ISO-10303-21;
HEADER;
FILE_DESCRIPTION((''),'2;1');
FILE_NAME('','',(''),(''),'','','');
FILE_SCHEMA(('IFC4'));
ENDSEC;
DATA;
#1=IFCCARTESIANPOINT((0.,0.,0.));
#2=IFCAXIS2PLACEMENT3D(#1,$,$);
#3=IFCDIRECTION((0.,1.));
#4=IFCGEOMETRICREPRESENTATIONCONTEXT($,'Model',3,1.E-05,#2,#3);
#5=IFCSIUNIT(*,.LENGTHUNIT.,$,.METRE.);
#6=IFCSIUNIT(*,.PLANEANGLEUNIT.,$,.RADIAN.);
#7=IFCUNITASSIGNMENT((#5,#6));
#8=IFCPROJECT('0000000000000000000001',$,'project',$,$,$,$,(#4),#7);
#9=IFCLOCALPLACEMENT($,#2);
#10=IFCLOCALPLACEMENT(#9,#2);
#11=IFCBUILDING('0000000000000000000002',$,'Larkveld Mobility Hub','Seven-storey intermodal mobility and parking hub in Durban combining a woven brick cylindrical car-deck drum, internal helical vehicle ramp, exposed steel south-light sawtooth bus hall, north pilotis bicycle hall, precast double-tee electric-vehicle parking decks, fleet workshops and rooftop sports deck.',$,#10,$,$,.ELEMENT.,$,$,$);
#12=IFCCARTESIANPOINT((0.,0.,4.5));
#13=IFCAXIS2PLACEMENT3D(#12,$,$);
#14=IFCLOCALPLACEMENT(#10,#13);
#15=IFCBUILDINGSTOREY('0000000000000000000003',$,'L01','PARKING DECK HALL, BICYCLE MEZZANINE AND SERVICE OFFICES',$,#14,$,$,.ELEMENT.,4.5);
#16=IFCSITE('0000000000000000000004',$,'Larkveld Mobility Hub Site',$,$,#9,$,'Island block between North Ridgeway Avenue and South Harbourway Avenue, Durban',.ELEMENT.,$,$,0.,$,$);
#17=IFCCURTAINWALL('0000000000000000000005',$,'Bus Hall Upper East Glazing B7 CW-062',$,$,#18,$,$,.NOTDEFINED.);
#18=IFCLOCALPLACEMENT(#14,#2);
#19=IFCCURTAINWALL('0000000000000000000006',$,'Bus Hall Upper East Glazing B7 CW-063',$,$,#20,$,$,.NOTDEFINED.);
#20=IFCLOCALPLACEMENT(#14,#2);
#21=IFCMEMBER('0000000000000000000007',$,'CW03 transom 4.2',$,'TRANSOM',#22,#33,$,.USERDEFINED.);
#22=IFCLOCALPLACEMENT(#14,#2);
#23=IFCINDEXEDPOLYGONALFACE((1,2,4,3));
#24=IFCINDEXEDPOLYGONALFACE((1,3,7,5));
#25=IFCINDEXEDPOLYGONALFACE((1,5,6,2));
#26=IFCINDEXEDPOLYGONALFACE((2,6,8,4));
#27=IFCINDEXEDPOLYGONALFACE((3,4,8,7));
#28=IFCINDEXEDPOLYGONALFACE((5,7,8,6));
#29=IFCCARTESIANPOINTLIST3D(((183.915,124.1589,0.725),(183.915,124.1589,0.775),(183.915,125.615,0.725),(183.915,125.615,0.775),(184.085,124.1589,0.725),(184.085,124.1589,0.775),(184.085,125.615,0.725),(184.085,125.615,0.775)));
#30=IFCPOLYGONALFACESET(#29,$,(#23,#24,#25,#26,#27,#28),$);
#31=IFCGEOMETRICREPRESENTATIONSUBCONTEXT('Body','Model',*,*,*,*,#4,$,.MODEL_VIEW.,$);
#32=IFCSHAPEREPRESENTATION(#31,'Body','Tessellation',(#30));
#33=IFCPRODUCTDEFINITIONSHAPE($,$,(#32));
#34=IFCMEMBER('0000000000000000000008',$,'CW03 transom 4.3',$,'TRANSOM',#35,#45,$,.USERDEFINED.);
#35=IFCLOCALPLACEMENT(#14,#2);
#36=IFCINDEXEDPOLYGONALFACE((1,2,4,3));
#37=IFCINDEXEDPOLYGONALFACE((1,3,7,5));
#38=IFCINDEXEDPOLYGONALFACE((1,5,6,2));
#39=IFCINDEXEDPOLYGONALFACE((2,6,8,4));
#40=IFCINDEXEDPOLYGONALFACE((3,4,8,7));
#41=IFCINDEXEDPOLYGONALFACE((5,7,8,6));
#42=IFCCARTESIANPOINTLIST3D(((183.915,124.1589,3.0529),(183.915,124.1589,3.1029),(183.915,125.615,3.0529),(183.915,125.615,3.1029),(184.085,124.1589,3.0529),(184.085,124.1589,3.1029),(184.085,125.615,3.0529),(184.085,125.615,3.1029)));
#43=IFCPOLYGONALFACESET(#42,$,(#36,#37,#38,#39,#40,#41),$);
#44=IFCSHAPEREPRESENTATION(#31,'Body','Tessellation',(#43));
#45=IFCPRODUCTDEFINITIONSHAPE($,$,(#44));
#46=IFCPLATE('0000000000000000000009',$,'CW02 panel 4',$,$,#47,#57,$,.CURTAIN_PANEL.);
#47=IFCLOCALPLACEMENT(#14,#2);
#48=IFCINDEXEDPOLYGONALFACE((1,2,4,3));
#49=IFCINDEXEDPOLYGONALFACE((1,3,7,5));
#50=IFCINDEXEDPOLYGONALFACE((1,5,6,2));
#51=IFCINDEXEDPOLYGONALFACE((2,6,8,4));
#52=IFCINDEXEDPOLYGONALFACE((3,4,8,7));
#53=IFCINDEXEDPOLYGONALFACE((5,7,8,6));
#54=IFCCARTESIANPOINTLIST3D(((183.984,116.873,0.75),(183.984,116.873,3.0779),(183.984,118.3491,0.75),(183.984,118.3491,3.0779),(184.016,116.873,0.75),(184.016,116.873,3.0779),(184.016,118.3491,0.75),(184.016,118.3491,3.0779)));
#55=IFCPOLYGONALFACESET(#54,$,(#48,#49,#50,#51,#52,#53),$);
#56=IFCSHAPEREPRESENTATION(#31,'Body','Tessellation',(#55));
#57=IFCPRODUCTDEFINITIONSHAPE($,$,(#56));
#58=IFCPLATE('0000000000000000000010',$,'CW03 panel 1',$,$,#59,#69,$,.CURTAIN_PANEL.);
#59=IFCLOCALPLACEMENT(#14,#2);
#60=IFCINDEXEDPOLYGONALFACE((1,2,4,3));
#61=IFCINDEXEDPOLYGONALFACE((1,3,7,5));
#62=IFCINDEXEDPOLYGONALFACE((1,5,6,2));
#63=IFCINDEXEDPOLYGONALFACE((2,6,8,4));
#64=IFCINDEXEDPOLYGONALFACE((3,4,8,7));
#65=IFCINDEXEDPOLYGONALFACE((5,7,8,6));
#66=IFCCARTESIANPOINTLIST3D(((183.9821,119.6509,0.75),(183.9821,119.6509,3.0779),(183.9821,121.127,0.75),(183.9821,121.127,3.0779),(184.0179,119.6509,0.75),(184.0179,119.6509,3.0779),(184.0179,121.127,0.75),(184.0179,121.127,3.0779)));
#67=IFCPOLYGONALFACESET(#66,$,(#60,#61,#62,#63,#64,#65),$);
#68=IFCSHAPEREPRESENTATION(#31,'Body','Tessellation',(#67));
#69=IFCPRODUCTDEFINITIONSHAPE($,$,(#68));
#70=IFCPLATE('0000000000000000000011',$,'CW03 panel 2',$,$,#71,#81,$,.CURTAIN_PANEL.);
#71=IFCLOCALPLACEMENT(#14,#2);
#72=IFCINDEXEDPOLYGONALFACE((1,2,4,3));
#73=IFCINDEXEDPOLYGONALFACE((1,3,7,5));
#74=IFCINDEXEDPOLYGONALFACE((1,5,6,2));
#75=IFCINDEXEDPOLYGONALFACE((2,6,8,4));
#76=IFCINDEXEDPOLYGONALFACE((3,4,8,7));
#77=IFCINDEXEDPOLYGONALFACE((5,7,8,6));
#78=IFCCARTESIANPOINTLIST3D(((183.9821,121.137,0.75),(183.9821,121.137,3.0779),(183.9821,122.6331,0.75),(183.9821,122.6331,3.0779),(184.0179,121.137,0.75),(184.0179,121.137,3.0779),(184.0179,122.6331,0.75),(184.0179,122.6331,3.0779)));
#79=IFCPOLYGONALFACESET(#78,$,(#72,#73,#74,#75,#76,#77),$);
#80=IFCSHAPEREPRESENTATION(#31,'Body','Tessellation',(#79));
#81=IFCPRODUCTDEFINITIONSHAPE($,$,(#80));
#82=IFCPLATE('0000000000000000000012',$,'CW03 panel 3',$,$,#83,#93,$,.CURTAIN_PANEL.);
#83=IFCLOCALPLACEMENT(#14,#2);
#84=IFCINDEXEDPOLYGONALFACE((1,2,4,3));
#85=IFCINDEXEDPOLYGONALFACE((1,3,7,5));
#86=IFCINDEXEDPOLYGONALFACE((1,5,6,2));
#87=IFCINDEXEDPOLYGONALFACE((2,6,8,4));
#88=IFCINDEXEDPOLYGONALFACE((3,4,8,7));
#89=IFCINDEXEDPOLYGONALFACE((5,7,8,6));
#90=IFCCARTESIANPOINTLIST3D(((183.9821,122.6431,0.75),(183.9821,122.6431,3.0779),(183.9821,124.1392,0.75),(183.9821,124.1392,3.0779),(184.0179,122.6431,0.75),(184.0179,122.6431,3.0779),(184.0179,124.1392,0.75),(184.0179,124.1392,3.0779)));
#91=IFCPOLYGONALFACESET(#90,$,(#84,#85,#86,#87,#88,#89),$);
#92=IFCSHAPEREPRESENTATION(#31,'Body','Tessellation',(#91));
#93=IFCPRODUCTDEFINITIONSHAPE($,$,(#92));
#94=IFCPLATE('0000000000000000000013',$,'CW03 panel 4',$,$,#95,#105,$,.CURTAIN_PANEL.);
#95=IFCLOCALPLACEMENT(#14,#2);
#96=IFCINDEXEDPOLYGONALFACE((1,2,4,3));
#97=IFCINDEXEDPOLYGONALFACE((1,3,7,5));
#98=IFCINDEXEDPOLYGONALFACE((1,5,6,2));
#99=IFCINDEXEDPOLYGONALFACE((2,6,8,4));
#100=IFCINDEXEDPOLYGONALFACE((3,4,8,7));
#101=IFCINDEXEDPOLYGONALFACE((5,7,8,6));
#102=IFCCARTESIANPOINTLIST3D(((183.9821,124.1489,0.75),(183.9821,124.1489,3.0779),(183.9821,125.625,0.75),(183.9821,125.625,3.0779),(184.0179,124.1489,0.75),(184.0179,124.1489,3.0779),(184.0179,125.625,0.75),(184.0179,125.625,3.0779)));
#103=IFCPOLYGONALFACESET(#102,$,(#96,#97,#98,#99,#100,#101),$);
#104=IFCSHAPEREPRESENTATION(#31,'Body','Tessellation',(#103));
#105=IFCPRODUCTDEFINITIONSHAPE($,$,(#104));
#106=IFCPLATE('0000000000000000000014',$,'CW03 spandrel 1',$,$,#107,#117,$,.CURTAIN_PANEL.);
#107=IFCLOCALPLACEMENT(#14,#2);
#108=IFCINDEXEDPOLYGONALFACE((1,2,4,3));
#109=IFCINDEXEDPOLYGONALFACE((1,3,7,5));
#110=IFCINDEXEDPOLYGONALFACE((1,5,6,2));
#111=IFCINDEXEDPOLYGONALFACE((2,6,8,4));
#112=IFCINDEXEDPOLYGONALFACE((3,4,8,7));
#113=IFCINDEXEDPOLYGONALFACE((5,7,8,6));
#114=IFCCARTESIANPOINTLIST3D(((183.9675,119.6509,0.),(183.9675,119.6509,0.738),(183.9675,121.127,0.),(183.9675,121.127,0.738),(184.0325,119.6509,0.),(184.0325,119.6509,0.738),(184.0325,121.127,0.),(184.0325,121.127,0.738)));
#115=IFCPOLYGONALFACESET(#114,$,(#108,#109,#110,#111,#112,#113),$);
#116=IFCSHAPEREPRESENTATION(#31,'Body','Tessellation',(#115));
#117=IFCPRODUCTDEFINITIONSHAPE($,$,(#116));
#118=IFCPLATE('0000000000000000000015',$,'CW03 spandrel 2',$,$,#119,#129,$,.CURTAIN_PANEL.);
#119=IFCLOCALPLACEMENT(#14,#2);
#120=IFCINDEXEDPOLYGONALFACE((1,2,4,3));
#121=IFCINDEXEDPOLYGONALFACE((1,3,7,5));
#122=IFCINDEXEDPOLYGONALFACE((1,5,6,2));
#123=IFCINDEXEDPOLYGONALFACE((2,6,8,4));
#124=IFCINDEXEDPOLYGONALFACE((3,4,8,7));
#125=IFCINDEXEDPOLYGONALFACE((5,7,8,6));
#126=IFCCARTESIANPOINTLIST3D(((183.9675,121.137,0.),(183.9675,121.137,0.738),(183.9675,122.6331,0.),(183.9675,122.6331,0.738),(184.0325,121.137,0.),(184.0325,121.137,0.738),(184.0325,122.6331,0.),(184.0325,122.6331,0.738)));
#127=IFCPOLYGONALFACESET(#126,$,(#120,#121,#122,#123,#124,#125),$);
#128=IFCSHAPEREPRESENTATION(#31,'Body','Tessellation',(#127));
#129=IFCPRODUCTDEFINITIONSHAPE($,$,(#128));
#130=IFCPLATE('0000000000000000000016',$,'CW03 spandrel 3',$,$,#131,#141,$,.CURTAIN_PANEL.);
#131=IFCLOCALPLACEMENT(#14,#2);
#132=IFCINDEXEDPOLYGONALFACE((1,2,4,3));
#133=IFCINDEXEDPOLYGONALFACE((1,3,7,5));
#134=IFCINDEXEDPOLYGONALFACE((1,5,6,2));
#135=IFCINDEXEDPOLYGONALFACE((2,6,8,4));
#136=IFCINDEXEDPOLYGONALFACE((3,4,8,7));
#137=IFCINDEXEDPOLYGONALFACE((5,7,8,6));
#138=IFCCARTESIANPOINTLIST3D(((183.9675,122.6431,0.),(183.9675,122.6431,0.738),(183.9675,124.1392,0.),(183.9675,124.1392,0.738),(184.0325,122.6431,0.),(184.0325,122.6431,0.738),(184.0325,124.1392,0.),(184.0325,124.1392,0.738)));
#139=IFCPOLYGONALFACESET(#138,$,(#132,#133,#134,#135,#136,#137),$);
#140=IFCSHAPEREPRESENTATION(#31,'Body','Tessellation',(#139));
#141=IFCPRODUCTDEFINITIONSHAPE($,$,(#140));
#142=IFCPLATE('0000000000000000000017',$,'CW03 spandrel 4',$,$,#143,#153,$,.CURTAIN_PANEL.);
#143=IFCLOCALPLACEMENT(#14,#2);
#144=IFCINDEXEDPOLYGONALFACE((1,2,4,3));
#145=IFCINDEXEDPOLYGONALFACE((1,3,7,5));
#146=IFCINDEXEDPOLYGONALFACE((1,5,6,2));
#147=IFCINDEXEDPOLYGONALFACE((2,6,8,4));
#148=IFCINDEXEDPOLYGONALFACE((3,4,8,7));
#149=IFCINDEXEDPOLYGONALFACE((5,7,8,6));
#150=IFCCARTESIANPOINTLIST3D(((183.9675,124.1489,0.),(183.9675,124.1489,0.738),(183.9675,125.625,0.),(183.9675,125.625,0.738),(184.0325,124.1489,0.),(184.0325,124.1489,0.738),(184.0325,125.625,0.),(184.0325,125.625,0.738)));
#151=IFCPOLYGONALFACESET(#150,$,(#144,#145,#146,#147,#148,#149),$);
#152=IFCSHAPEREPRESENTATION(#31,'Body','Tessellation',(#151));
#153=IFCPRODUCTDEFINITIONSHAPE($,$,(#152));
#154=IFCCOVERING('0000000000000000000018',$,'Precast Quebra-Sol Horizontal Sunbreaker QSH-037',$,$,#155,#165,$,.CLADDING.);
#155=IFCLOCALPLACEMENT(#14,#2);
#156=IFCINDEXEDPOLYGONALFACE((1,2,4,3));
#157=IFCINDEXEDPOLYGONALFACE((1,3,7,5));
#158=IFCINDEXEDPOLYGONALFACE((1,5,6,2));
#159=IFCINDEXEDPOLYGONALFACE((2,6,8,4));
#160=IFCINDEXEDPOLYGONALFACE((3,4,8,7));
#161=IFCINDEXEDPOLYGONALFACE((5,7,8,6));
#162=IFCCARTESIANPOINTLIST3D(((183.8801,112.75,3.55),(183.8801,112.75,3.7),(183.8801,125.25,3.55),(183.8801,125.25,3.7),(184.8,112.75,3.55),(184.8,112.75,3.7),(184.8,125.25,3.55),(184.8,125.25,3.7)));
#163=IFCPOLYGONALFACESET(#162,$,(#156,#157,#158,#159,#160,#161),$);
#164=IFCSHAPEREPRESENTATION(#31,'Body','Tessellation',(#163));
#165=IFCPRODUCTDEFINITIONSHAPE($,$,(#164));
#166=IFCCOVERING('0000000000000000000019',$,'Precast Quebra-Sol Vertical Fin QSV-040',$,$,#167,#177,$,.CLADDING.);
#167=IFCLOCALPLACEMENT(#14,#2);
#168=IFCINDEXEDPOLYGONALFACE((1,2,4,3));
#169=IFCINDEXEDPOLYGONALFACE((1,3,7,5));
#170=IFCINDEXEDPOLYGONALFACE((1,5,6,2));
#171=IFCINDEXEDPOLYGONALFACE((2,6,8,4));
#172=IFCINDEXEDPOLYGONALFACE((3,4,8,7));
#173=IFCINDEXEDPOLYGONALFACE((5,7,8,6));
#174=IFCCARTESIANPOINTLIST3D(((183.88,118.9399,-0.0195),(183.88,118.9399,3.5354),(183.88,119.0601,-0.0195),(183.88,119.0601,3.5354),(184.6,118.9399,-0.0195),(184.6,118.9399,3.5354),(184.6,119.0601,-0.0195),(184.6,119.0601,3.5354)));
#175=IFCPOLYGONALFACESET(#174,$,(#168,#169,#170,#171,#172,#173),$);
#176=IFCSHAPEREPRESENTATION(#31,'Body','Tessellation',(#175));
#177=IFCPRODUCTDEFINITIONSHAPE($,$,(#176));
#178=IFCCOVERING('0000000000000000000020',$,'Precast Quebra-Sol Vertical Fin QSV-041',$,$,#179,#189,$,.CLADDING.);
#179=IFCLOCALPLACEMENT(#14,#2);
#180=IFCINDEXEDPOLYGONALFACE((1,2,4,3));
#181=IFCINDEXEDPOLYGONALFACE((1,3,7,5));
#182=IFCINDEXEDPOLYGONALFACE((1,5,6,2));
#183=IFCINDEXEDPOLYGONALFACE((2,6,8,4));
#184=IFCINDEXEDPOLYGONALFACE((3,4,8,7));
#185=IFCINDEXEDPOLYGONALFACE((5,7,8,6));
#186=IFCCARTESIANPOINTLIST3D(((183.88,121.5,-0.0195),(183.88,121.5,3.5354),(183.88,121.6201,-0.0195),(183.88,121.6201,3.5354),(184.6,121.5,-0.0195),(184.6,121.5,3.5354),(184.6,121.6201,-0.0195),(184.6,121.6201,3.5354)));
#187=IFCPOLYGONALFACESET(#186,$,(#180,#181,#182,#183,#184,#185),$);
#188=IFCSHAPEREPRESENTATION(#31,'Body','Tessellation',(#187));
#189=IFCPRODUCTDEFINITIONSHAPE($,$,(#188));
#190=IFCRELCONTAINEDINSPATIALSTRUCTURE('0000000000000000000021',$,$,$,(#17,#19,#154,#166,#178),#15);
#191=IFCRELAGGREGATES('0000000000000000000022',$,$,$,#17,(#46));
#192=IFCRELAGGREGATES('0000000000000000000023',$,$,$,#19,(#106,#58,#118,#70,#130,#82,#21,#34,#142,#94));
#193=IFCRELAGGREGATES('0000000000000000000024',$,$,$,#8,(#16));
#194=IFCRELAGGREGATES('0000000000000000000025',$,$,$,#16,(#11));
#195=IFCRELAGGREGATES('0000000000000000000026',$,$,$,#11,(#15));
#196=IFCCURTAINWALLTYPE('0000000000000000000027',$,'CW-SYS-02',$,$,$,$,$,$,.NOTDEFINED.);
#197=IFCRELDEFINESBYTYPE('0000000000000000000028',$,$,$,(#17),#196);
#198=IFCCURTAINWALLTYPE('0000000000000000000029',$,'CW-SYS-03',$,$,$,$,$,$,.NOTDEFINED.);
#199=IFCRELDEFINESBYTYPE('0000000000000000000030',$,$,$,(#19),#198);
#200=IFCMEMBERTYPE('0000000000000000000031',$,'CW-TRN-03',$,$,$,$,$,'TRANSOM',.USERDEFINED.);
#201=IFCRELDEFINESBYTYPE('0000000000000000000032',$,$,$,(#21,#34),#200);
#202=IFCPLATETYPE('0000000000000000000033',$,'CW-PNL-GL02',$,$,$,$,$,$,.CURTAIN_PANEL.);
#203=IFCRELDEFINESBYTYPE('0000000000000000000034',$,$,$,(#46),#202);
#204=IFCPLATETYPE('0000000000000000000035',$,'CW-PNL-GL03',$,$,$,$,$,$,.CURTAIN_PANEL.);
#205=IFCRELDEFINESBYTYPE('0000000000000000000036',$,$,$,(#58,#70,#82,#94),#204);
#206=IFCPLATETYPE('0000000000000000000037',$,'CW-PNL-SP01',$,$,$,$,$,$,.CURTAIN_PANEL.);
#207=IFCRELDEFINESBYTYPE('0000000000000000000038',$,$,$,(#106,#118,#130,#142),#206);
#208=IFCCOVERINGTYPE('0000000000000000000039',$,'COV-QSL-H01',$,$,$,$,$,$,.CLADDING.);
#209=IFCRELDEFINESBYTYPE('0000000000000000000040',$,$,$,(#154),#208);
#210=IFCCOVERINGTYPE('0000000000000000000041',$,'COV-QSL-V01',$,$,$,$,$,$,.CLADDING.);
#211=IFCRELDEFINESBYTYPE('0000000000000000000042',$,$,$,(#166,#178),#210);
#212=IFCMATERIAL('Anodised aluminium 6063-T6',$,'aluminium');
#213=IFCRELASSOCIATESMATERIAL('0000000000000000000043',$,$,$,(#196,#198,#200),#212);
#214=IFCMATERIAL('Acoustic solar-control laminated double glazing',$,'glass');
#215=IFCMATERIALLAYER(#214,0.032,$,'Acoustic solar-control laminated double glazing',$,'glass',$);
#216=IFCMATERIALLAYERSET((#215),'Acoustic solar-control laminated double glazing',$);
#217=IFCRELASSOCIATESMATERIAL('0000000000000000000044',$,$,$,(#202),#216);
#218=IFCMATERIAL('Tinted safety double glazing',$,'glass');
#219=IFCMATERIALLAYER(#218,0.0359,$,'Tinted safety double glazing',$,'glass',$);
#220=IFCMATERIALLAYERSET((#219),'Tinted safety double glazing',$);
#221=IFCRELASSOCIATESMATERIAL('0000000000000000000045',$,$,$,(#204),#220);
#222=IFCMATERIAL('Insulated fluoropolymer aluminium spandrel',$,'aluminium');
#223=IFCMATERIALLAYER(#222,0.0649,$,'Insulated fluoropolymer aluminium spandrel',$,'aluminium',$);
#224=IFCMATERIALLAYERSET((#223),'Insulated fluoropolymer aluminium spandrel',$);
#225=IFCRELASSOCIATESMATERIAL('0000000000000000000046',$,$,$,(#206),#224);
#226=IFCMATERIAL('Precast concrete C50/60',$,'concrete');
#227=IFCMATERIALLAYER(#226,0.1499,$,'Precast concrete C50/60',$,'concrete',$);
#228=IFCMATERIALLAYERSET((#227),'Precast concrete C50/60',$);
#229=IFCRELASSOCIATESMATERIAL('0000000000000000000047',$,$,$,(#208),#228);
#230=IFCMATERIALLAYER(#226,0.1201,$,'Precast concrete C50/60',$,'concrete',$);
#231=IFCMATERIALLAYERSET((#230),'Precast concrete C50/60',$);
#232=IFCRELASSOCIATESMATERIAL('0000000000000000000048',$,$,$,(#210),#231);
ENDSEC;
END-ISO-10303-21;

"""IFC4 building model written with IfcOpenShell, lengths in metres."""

from ifc_helpers import new_model, si_unit, direction, frame, origin, origin_2d, place, context, subcontext, project, spatial, rectangle, extrude, material, layer, layer_set, material_profile, profile_set, type_object, element, aggregate, save


model = new_model("IFC4")

# Units and contexts
model_context = context("Model", 3, precision=1e-05, world=origin(), true_north=direction((0.0, 1.0)))
body_context = subcontext(model_context, "Body", "Model", "MODEL_VIEW")
ifc_project = project(units=[si_unit("LENGTHUNIT", "METRE"), si_unit("PLANEANGLEUNIT", "RADIAN")], contexts=[model_context])

# Site, building, storey
site_placement = place(None, origin())
site = spatial("IfcSite", under=ifc_project, at=site_placement, Name="Larkveld Mobility Hub Site", LongName="Island block between North Ridgeway Avenue and South Harbourway Avenue, Durban", CompositionType="ELEMENT", RefElevation=0.0)
building_placement = place(site_placement, origin())
building = spatial("IfcBuilding", under=site, at=building_placement, Name="Larkveld Mobility Hub", Description="Seven-storey intermodal mobility and parking hub in Durban combining a woven brick cylindrical car-deck drum, internal helical vehicle ramp, exposed steel south-light sawtooth bus hall, north pilotis bicycle hall, precast double-tee electric-vehicle parking decks, fleet workshops and rooftop sports deck.", CompositionType="ELEMENT")
storey_placement = place(building_placement, frame((0.0, 0.0, 4.5)))
storey = spatial("IfcBuildingStorey", under=building, at=storey_placement, Name="L01", Description="PARKING DECK HALL, BICYCLE MEZZANINE AND SERVICE OFFICES", CompositionType="ELEMENT", Elevation=4.5)

# Curtain wall
ifc_material_1 = material(Name="Anodised aluminium 6063-T6", Category="aluminium")
curtain_wall_type_1 = type_object("IfcCurtainWallType", Name="CW-SYS-02", PredefinedType="NOTDEFINED", material=ifc_material_1)
curtain_wall_1_placement = place(storey_placement, origin())
curtain_wall_1 = element("IfcCurtainWall", 1, at=curtain_wall_1_placement, inside=storey, type_object=curtain_wall_type_1, Name="Bus Hall Upper East Glazing B7 CW-062", PredefinedType="NOTDEFINED")

# Curtain wall
curtain_wall_type_2 = type_object("IfcCurtainWallType", Name="CW-SYS-03", PredefinedType="NOTDEFINED", material=ifc_material_1)
curtain_wall_2_placement = place(storey_placement, origin())
curtain_wall_2 = element("IfcCurtainWall", 2, at=curtain_wall_2_placement, inside=storey, type_object=curtain_wall_type_2, Name="Bus Hall Upper East Glazing B7 CW-063", PredefinedType="NOTDEFINED")

# Members
ifc_material_profile_1 = material_profile(ifc_material_1, rectangle(XDim=0.1699, YDim=0.05, at=origin_2d()), Name="ALU TRAN 50x170")
ifc_profile_set_1 = profile_set([ifc_material_profile_1], Name="Anodised aluminium 6063-T6")
member_type_1 = type_object("IfcMemberType", Name="CW-TRN-03", ElementType="TRANSOM", PredefinedType="USERDEFINED", material=ifc_profile_set_1)
member_1_placement = place(storey_placement, frame((184.0, 124.1589, 0.75), z_axis=(0.0, 1.0, 0.0), x_axis=(-1.0, 0.0, 0.0)))
member_1 = element("IfcMember", 3, at=member_1_placement, type_object=member_type_1, Name="CW03 transom 4.2", ObjectType="TRANSOM", PredefinedType="USERDEFINED", context=body_context, shape_type="SweptSolid", body=[
    extrude(rectangle(XDim=0.1699, YDim=0.05, at=origin_2d()), origin(), (0.0, 0.0, 1.0), 1.4561),
])
member_2_placement = place(storey_placement, frame((184.0, 124.1589, 3.0779), z_axis=(0.0, 1.0, 0.0), x_axis=(-1.0, 0.0, 0.0)))
member_2 = element("IfcMember", 4, at=member_2_placement, type_object=member_type_1, Name="CW03 transom 4.3", ObjectType="TRANSOM", PredefinedType="USERDEFINED", context=body_context, shape_type="SweptSolid", body=[
    extrude(rectangle(XDim=0.1699, YDim=0.05, at=origin_2d()), origin(), (0.0, 0.0, 1.0), 1.4561),
])

# Plates
ifc_material_2 = material(Name="Acoustic solar-control laminated double glazing", Category="glass")
ifc_layer_1 = layer(ifc_material_2, 0.032, Name="Acoustic solar-control laminated double glazing", Category="glass")
ifc_layer_set_1 = layer_set([ifc_layer_1], Name="Acoustic solar-control laminated double glazing")
plate_type_1 = type_object("IfcPlateType", Name="CW-PNL-GL02", PredefinedType="CURTAIN_PANEL", material=ifc_layer_set_1)
plate_1_placement = place(storey_placement, frame((184.0, 117.6111, 0.75), z_axis=(0.0, 0.0, 1.0), x_axis=(0.0, 1.0, 0.0)))
plate_1 = element("IfcPlate", 5, at=plate_1_placement, type_object=plate_type_1, Name="CW02 panel 4", PredefinedType="CURTAIN_PANEL", context=body_context, shape_type="SweptSolid", body=[
    extrude(rectangle(XDim=1.4761, YDim=0.032, at=origin_2d()), origin(), (0.0, 0.0, 1.0), 2.3279),
])
aggregate(curtain_wall_1, [plate_1])
ifc_material_3 = material(Name="Tinted safety double glazing", Category="glass")
ifc_layer_2 = layer(ifc_material_3, 0.0359, Name="Tinted safety double glazing", Category="glass")
ifc_layer_set_2 = layer_set([ifc_layer_2], Name="Tinted safety double glazing")
plate_type_2 = type_object("IfcPlateType", Name="CW-PNL-GL03", PredefinedType="CURTAIN_PANEL", material=ifc_layer_set_2)
plate_2_placement = place(storey_placement, frame((184.0, 120.3889, 0.75), z_axis=(0.0, 0.0, 1.0), x_axis=(0.0, 1.0, 0.0)))
plate_2 = element("IfcPlate", 6, at=plate_2_placement, type_object=plate_type_2, Name="CW03 panel 1", PredefinedType="CURTAIN_PANEL", context=body_context, shape_type="SweptSolid", body=[
    extrude(rectangle(XDim=1.4761, YDim=0.0359, at=origin_2d()), origin(), (0.0, 0.0, 1.0), 2.3279),
])
plate_3_placement = place(storey_placement, frame((184.0, 121.885, 0.75), z_axis=(0.0, 0.0, 1.0), x_axis=(0.0, 1.0, 0.0)))
plate_3 = element("IfcPlate", 7, at=plate_3_placement, type_object=plate_type_2, Name="CW03 panel 2", PredefinedType="CURTAIN_PANEL", context=body_context, shape_type="SweptSolid", body=[
    extrude(rectangle(XDim=1.4961, YDim=0.0359, at=origin_2d()), origin(), (0.0, 0.0, 1.0), 2.3279),
])
plate_4_placement = place(storey_placement, frame((184.0, 123.3911, 0.75), z_axis=(0.0, 0.0, 1.0), x_axis=(0.0, 1.0, 0.0)))
plate_4 = element("IfcPlate", 8, at=plate_4_placement, type_object=plate_type_2, Name="CW03 panel 3", PredefinedType="CURTAIN_PANEL", context=body_context, shape_type="SweptSolid", body=[
    extrude(rectangle(XDim=1.4961, YDim=0.0359, at=origin_2d()), origin(), (0.0, 0.0, 1.0), 2.3279),
])
plate_5_placement = place(storey_placement, frame((184.0, 124.887, 0.75), z_axis=(0.0, 0.0, 1.0), x_axis=(0.0, 1.0, 0.0)))
plate_5 = element("IfcPlate", 9, at=plate_5_placement, type_object=plate_type_2, Name="CW03 panel 4", PredefinedType="CURTAIN_PANEL", context=body_context, shape_type="SweptSolid", body=[
    extrude(rectangle(XDim=1.4761, YDim=0.0359, at=origin_2d()), origin(), (0.0, 0.0, 1.0), 2.3279),
])
ifc_material_4 = material(Name="Insulated fluoropolymer aluminium spandrel", Category="aluminium")
ifc_layer_3 = layer(ifc_material_4, 0.0649, Name="Insulated fluoropolymer aluminium spandrel", Category="aluminium")
ifc_layer_set_3 = layer_set([ifc_layer_3], Name="Insulated fluoropolymer aluminium spandrel")
plate_type_3 = type_object("IfcPlateType", Name="CW-PNL-SP01", PredefinedType="CURTAIN_PANEL", material=ifc_layer_set_3)
plate_6_placement = place(storey_placement, frame((184.0, 120.3889, 0.0), z_axis=(0.0, 0.0, 1.0), x_axis=(0.0, 1.0, 0.0)))
plate_6 = element("IfcPlate", 10, at=plate_6_placement, type_object=plate_type_3, Name="CW03 spandrel 1", PredefinedType="CURTAIN_PANEL", context=body_context, shape_type="SweptSolid", body=[
    extrude(rectangle(XDim=1.4761, YDim=0.0649, at=origin_2d()), origin(), (0.0, 0.0, 1.0), 0.738),
])
plate_7_placement = place(storey_placement, frame((184.0, 121.885, 0.0), z_axis=(0.0, 0.0, 1.0), x_axis=(0.0, 1.0, 0.0)))
plate_7 = element("IfcPlate", 11, at=plate_7_placement, type_object=plate_type_3, Name="CW03 spandrel 2", PredefinedType="CURTAIN_PANEL", context=body_context, shape_type="SweptSolid", body=[
    extrude(rectangle(XDim=1.4961, YDim=0.0649, at=origin_2d()), origin(), (0.0, 0.0, 1.0), 0.738),
])
plate_8_placement = place(storey_placement, frame((184.0, 123.3911, 0.0), z_axis=(0.0, 0.0, 1.0), x_axis=(0.0, 1.0, 0.0)))
plate_8 = element("IfcPlate", 12, at=plate_8_placement, type_object=plate_type_3, Name="CW03 spandrel 3", PredefinedType="CURTAIN_PANEL", context=body_context, shape_type="SweptSolid", body=[
    extrude(rectangle(XDim=1.4961, YDim=0.0649, at=origin_2d()), origin(), (0.0, 0.0, 1.0), 0.738),
])
plate_9_placement = place(storey_placement, frame((184.0, 124.887, 0.0), z_axis=(0.0, 0.0, 1.0), x_axis=(0.0, 1.0, 0.0)))
plate_9 = element("IfcPlate", 13, at=plate_9_placement, type_object=plate_type_3, Name="CW03 spandrel 4", PredefinedType="CURTAIN_PANEL", context=body_context, shape_type="SweptSolid", body=[
    extrude(rectangle(XDim=1.4761, YDim=0.0649, at=origin_2d()), origin(), (0.0, 0.0, 1.0), 0.738),
])
aggregate(curtain_wall_2, [plate_6, plate_2, plate_7, plate_3, plate_8, plate_4, member_1, member_2, plate_9, plate_5])

# Coverings
ifc_material_5 = material(Name="Precast concrete C50/60", Category="concrete")
ifc_layer_4 = layer(ifc_material_5, 0.1499, Name="Precast concrete C50/60", Category="concrete")
ifc_layer_set_4 = layer_set([ifc_layer_4], Name="Precast concrete C50/60")
covering_type_1 = type_object("IfcCoveringType", Name="COV-QSL-H01", PredefinedType="CLADDING", material=ifc_layer_set_4)
covering_placement = place(storey_placement, frame((184.3401, 119.0, 3.55), z_axis=(0.0, 0.0, 1.0), x_axis=(0.0, 1.0, 0.0)))
element("IfcCovering", 14, at=covering_placement, inside=storey, type_object=covering_type_1, Name="Precast Quebra-Sol Horizontal Sunbreaker QSH-037", PredefinedType="CLADDING", context=body_context, shape_type="SweptSolid", body=[
    extrude(rectangle(XDim=12.5, YDim=0.9199, at=origin_2d()), origin(), (0.0, 0.0, 1.0), 0.1499),
])
ifc_layer_5 = layer(ifc_material_5, 0.1201, Name="Precast concrete C50/60", Category="concrete")
ifc_layer_set_5 = layer_set([ifc_layer_5], Name="Precast concrete C50/60")
covering_type_2 = type_object("IfcCoveringType", Name="COV-QSL-V01", PredefinedType="CLADDING", material=ifc_layer_set_5)
for number, where, z_axis, x_axis, name in (
    (15, (184.24, 119.0, -0.0195), (0.0, 0.0, 1.0), (0.0, 1.0, 0.0), "Precast Quebra-Sol Vertical Fin QSV-040"),
    (16, (184.24, 121.5601, -0.0195), (0.0, 0.0, 1.0), (0.0, 1.0, 0.0), "Precast Quebra-Sol Vertical Fin QSV-041"),
):
    element("IfcCovering", number, at=place(storey_placement, frame(where, z_axis=z_axis, x_axis=x_axis)), inside=storey, type_object=covering_type_2, Name=name, PredefinedType="CLADDING", context=body_context, shape_type="SweptSolid", body=[
        extrude(rectangle(XDim=0.1201, YDim=0.72, at=origin_2d()), origin(), (0.0, 0.0, 1.0), 3.5549),
    ])

save(model, "model.ifc")
